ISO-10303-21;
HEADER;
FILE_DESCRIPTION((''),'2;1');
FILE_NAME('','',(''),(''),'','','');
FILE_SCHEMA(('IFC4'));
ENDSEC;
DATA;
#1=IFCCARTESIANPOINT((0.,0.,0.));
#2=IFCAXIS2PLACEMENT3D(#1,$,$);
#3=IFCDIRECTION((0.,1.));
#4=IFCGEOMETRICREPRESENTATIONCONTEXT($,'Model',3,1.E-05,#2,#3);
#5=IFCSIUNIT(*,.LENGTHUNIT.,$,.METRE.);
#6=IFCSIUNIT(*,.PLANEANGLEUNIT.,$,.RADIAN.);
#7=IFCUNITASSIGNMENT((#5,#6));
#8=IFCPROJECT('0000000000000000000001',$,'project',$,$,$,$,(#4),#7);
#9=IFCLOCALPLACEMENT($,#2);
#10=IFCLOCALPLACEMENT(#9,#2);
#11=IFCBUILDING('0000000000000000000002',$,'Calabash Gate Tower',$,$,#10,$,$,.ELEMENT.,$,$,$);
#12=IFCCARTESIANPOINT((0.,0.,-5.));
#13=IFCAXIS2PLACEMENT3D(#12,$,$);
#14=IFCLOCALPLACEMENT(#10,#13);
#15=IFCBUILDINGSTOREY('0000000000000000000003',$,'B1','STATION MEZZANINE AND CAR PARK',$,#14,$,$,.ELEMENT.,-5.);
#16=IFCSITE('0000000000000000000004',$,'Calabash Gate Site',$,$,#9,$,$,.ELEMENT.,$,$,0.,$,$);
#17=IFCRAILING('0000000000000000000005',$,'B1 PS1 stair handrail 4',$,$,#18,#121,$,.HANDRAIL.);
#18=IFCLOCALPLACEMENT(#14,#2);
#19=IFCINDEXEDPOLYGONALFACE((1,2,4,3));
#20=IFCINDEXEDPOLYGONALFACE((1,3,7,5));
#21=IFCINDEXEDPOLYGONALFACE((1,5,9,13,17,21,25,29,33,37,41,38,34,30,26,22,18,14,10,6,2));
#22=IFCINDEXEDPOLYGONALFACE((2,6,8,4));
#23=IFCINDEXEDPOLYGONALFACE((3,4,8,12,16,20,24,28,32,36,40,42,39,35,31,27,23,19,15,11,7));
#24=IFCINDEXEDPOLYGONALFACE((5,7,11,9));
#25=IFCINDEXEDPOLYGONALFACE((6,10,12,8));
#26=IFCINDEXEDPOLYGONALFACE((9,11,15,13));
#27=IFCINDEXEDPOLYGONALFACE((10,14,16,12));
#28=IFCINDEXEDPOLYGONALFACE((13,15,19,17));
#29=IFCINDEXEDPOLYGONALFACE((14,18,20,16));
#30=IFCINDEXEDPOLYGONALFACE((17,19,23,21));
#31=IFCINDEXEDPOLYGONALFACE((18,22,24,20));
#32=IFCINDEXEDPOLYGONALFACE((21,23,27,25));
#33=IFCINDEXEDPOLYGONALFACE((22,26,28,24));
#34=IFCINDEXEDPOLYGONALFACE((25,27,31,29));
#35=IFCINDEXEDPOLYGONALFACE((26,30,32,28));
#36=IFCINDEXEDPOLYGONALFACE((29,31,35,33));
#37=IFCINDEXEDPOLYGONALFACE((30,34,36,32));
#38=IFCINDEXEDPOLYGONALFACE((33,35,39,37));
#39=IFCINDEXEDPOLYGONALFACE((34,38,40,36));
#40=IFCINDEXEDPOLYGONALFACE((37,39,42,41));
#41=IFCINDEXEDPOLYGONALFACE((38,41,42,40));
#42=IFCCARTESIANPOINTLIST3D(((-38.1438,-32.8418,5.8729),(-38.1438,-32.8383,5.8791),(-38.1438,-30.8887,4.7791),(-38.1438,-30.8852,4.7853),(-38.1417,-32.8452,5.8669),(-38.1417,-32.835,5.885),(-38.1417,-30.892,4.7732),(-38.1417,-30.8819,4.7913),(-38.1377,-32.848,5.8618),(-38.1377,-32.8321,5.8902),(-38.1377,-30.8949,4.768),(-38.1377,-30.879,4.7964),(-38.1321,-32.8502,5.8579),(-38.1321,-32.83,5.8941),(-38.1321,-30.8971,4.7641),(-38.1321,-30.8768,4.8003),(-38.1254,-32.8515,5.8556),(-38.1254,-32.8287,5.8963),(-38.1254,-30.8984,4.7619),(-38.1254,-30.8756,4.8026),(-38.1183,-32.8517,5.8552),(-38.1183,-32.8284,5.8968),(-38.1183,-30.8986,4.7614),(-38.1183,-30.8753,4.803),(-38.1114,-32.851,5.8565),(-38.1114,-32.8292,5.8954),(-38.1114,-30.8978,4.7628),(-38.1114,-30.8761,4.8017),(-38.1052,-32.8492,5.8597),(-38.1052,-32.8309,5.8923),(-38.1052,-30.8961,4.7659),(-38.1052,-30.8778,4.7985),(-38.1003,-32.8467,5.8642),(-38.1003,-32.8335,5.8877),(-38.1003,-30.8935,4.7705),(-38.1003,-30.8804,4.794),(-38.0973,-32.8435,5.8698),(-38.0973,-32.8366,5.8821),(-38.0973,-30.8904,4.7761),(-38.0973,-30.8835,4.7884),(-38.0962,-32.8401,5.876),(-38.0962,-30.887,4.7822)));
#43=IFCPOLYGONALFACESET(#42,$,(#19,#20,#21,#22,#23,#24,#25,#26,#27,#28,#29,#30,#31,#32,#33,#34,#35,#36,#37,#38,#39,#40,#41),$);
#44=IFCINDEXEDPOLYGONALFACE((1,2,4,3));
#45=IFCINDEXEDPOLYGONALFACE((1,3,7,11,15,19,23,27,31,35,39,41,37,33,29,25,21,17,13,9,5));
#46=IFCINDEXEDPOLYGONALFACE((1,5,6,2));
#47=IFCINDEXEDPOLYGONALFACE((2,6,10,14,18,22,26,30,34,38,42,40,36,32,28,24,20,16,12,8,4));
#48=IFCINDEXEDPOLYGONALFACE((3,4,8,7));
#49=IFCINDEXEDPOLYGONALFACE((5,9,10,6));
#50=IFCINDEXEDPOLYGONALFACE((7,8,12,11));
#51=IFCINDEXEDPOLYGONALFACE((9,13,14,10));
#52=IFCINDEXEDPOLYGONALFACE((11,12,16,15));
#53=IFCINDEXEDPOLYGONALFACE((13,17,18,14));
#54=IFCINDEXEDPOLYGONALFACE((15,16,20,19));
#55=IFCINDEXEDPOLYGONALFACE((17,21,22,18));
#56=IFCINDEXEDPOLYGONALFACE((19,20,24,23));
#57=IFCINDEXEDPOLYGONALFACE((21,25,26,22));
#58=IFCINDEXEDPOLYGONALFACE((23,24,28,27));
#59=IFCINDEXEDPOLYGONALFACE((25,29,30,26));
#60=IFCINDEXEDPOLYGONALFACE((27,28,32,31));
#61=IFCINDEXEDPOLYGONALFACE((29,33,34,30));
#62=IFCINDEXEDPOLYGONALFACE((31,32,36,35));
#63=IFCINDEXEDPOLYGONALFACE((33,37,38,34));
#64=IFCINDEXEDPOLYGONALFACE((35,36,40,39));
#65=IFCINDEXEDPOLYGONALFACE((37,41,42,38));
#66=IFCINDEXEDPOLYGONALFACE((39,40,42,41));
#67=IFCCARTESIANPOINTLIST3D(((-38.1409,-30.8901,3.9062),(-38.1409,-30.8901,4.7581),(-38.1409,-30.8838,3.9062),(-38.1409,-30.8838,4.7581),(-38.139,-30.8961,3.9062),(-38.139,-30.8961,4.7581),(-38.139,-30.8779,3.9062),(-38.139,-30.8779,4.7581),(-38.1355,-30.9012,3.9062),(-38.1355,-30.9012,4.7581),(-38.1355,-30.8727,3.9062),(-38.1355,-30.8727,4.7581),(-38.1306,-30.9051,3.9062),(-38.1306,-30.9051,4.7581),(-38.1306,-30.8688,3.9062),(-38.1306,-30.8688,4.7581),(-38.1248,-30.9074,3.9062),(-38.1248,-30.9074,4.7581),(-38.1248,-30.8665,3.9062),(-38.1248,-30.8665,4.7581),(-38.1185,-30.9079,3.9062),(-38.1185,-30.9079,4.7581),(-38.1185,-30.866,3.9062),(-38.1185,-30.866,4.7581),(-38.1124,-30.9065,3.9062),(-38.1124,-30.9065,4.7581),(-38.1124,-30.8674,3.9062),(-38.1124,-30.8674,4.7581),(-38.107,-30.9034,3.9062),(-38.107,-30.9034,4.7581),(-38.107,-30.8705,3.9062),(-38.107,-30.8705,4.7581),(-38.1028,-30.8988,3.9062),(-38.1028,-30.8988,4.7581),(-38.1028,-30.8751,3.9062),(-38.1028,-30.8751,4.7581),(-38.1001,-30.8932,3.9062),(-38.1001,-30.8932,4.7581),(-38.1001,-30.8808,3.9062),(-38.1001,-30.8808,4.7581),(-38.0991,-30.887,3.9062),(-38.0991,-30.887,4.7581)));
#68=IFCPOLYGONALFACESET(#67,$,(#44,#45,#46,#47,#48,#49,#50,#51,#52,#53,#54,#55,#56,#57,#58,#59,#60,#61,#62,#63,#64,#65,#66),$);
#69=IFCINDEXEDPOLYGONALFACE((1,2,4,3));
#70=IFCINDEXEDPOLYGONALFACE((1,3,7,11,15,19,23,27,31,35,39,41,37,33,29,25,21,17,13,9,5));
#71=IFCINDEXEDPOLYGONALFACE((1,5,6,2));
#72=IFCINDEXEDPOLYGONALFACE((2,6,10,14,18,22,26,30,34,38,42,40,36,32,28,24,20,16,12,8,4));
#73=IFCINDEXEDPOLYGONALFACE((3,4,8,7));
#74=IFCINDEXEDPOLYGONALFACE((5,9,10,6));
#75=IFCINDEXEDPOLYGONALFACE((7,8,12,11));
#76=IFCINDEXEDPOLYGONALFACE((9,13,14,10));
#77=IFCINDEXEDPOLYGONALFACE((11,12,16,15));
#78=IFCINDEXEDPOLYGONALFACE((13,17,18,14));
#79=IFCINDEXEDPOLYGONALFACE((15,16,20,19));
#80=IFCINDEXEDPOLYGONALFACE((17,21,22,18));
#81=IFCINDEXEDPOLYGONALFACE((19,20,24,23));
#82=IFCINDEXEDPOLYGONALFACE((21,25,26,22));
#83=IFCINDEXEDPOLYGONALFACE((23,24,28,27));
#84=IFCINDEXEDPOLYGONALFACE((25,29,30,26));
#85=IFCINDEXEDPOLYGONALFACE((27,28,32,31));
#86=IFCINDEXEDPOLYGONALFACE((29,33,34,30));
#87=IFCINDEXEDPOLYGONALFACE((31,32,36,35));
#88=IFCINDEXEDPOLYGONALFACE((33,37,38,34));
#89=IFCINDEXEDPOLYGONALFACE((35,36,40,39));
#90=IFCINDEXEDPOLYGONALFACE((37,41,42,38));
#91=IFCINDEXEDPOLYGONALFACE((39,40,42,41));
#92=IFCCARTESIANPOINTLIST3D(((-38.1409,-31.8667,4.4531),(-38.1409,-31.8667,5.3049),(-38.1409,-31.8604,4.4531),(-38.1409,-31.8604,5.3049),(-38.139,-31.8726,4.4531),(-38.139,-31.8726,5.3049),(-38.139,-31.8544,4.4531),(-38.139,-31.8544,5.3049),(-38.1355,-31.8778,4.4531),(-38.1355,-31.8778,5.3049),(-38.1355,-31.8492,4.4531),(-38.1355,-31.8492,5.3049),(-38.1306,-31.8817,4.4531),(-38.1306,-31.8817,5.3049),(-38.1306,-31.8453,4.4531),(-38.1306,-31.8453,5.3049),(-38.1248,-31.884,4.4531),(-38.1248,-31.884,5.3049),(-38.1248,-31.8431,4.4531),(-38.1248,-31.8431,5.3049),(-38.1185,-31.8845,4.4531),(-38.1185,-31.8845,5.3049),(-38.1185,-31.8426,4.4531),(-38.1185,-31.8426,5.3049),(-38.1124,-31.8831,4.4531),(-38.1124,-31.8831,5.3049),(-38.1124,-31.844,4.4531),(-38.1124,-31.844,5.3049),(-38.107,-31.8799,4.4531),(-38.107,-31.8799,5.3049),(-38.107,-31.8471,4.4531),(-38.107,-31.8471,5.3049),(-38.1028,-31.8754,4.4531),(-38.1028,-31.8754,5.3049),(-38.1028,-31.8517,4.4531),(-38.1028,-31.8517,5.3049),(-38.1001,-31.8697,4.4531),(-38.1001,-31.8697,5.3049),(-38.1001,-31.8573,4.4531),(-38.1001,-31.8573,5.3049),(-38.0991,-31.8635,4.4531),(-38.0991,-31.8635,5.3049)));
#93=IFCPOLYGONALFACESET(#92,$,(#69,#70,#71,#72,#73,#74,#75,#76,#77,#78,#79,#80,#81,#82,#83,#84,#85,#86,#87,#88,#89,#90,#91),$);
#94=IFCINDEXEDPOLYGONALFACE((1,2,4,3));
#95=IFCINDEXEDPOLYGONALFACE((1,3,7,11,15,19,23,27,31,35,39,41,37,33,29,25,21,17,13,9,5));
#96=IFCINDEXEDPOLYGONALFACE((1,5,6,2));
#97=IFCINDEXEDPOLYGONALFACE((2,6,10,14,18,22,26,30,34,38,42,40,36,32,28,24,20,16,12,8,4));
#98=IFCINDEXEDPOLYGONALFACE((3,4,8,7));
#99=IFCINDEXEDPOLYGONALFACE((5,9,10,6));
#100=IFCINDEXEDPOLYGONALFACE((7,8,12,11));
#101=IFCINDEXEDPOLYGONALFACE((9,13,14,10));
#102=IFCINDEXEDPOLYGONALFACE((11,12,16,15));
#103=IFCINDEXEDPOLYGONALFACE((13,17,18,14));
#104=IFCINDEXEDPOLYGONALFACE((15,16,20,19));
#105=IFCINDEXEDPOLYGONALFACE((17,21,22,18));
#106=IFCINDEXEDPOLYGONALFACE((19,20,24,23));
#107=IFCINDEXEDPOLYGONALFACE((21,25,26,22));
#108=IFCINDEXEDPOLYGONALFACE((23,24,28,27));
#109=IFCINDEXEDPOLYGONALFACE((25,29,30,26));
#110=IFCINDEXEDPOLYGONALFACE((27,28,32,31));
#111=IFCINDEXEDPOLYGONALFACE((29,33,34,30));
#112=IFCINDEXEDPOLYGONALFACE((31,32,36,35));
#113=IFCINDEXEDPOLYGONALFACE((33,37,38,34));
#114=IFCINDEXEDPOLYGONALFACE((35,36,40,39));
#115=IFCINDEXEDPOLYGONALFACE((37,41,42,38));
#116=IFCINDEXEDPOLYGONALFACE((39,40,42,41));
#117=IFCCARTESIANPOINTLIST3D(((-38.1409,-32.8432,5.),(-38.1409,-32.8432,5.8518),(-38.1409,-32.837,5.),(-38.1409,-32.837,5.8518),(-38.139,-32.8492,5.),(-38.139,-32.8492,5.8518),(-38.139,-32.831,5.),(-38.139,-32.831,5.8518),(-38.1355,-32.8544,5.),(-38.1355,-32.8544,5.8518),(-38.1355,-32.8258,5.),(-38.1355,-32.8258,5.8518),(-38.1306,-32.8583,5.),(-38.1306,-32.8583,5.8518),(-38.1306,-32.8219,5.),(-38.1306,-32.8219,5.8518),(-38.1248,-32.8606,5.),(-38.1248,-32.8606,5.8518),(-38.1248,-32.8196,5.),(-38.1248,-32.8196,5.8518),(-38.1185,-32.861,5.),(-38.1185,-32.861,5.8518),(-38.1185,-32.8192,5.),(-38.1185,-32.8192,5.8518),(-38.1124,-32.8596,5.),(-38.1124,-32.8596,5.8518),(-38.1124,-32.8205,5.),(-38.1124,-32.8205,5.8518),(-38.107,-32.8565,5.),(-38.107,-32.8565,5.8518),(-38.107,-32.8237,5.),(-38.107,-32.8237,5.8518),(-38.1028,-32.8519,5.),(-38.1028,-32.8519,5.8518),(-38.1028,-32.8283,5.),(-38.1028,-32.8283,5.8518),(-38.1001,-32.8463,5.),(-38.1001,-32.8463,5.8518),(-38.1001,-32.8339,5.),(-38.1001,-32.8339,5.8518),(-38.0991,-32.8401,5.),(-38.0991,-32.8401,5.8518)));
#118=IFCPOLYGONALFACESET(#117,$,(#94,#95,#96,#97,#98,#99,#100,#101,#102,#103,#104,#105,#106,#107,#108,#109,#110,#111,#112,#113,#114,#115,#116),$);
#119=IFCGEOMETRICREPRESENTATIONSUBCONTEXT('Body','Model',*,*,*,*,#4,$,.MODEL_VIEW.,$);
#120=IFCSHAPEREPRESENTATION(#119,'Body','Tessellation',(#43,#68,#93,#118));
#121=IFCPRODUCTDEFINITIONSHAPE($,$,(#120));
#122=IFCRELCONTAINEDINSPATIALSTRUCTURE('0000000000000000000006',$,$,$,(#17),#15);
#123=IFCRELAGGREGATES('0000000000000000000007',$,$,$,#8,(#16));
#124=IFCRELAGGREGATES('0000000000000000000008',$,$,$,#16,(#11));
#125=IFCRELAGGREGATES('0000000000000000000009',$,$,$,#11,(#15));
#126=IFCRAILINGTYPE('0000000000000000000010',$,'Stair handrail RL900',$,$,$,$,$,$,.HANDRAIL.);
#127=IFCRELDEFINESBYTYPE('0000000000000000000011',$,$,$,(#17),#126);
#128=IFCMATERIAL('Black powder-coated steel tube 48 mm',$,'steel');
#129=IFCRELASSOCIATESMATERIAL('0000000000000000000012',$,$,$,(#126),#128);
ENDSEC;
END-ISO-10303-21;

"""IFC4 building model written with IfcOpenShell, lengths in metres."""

from ifc_helpers import new_model, si_unit, direction, frame, origin, origin_2d, place, context, subcontext, project, spatial, circle, extrude, material, type_object, element, save


model = new_model("IFC4")

# Units and contexts
model_context = context("Model", 3, precision=1e-05, world=origin(), true_north=direction((0.0, 1.0)))
body_context = subcontext(model_context, "Body", "Model", "MODEL_VIEW")
ifc_project = project(units=[si_unit("LENGTHUNIT", "METRE"), si_unit("PLANEANGLEUNIT", "RADIAN")], contexts=[model_context])

# Site, building, storey
site_placement = place(None, origin())
site = spatial("IfcSite", under=ifc_project, at=site_placement, Name="Calabash Gate Site", CompositionType="ELEMENT", RefElevation=0.0)
building_placement = place(site_placement, origin())
building = spatial("IfcBuilding", under=site, at=building_placement, Name="Calabash Gate Tower", CompositionType="ELEMENT")
storey_placement = place(building_placement, frame((0.0, 0.0, -5.0)))
storey = spatial("IfcBuildingStorey", under=building, at=storey_placement, Name="B1", Description="STATION MEZZANINE AND CAR PARK", CompositionType="ELEMENT", Elevation=-5.0)

# Railing
ifc_material_1 = material(Name="Black powder-coated steel tube 48 mm", Category="steel")
railing_type_1 = type_object("IfcRailingType", Name="Stair handrail RL900", PredefinedType="HANDRAIL", material=ifc_material_1)
for number, where, name in (
    (1, (-38.1201, -30.887, 3.9062), "B1 PS1 stair handrail 4"),
):
    element("IfcRailing", number, at=place(storey_placement, frame(where)), inside=storey, type_object=railing_type_1, Name=name, PredefinedType="HANDRAIL", context=body_context, shape_type="SweptSolid", body=[
        extrude(circle(Radius=0.0239, at=origin_2d()), frame((0.0, 0.0, 0.876), z_axis=(0.0, -0.872506, 0.488603), x_axis=(1.0, 0.0, 0.0)), (0.0, 0.0, 1.0), 2.2385),
        extrude(circle(Radius=0.021, at=origin_2d()), origin(), (0.0, 0.0, 1.0), 0.8518),
        extrude(circle(Radius=0.021, at=origin_2d()), frame((0.0, -0.9766, 0.5469)), (0.0, 0.0, 1.0), 0.8518),
        extrude(circle(Radius=0.021, at=origin_2d()), frame((0.0, -1.9531, 1.0938)), (0.0, 0.0, 1.0), 0.8518),
    ])

save(model, "model.ifc")
